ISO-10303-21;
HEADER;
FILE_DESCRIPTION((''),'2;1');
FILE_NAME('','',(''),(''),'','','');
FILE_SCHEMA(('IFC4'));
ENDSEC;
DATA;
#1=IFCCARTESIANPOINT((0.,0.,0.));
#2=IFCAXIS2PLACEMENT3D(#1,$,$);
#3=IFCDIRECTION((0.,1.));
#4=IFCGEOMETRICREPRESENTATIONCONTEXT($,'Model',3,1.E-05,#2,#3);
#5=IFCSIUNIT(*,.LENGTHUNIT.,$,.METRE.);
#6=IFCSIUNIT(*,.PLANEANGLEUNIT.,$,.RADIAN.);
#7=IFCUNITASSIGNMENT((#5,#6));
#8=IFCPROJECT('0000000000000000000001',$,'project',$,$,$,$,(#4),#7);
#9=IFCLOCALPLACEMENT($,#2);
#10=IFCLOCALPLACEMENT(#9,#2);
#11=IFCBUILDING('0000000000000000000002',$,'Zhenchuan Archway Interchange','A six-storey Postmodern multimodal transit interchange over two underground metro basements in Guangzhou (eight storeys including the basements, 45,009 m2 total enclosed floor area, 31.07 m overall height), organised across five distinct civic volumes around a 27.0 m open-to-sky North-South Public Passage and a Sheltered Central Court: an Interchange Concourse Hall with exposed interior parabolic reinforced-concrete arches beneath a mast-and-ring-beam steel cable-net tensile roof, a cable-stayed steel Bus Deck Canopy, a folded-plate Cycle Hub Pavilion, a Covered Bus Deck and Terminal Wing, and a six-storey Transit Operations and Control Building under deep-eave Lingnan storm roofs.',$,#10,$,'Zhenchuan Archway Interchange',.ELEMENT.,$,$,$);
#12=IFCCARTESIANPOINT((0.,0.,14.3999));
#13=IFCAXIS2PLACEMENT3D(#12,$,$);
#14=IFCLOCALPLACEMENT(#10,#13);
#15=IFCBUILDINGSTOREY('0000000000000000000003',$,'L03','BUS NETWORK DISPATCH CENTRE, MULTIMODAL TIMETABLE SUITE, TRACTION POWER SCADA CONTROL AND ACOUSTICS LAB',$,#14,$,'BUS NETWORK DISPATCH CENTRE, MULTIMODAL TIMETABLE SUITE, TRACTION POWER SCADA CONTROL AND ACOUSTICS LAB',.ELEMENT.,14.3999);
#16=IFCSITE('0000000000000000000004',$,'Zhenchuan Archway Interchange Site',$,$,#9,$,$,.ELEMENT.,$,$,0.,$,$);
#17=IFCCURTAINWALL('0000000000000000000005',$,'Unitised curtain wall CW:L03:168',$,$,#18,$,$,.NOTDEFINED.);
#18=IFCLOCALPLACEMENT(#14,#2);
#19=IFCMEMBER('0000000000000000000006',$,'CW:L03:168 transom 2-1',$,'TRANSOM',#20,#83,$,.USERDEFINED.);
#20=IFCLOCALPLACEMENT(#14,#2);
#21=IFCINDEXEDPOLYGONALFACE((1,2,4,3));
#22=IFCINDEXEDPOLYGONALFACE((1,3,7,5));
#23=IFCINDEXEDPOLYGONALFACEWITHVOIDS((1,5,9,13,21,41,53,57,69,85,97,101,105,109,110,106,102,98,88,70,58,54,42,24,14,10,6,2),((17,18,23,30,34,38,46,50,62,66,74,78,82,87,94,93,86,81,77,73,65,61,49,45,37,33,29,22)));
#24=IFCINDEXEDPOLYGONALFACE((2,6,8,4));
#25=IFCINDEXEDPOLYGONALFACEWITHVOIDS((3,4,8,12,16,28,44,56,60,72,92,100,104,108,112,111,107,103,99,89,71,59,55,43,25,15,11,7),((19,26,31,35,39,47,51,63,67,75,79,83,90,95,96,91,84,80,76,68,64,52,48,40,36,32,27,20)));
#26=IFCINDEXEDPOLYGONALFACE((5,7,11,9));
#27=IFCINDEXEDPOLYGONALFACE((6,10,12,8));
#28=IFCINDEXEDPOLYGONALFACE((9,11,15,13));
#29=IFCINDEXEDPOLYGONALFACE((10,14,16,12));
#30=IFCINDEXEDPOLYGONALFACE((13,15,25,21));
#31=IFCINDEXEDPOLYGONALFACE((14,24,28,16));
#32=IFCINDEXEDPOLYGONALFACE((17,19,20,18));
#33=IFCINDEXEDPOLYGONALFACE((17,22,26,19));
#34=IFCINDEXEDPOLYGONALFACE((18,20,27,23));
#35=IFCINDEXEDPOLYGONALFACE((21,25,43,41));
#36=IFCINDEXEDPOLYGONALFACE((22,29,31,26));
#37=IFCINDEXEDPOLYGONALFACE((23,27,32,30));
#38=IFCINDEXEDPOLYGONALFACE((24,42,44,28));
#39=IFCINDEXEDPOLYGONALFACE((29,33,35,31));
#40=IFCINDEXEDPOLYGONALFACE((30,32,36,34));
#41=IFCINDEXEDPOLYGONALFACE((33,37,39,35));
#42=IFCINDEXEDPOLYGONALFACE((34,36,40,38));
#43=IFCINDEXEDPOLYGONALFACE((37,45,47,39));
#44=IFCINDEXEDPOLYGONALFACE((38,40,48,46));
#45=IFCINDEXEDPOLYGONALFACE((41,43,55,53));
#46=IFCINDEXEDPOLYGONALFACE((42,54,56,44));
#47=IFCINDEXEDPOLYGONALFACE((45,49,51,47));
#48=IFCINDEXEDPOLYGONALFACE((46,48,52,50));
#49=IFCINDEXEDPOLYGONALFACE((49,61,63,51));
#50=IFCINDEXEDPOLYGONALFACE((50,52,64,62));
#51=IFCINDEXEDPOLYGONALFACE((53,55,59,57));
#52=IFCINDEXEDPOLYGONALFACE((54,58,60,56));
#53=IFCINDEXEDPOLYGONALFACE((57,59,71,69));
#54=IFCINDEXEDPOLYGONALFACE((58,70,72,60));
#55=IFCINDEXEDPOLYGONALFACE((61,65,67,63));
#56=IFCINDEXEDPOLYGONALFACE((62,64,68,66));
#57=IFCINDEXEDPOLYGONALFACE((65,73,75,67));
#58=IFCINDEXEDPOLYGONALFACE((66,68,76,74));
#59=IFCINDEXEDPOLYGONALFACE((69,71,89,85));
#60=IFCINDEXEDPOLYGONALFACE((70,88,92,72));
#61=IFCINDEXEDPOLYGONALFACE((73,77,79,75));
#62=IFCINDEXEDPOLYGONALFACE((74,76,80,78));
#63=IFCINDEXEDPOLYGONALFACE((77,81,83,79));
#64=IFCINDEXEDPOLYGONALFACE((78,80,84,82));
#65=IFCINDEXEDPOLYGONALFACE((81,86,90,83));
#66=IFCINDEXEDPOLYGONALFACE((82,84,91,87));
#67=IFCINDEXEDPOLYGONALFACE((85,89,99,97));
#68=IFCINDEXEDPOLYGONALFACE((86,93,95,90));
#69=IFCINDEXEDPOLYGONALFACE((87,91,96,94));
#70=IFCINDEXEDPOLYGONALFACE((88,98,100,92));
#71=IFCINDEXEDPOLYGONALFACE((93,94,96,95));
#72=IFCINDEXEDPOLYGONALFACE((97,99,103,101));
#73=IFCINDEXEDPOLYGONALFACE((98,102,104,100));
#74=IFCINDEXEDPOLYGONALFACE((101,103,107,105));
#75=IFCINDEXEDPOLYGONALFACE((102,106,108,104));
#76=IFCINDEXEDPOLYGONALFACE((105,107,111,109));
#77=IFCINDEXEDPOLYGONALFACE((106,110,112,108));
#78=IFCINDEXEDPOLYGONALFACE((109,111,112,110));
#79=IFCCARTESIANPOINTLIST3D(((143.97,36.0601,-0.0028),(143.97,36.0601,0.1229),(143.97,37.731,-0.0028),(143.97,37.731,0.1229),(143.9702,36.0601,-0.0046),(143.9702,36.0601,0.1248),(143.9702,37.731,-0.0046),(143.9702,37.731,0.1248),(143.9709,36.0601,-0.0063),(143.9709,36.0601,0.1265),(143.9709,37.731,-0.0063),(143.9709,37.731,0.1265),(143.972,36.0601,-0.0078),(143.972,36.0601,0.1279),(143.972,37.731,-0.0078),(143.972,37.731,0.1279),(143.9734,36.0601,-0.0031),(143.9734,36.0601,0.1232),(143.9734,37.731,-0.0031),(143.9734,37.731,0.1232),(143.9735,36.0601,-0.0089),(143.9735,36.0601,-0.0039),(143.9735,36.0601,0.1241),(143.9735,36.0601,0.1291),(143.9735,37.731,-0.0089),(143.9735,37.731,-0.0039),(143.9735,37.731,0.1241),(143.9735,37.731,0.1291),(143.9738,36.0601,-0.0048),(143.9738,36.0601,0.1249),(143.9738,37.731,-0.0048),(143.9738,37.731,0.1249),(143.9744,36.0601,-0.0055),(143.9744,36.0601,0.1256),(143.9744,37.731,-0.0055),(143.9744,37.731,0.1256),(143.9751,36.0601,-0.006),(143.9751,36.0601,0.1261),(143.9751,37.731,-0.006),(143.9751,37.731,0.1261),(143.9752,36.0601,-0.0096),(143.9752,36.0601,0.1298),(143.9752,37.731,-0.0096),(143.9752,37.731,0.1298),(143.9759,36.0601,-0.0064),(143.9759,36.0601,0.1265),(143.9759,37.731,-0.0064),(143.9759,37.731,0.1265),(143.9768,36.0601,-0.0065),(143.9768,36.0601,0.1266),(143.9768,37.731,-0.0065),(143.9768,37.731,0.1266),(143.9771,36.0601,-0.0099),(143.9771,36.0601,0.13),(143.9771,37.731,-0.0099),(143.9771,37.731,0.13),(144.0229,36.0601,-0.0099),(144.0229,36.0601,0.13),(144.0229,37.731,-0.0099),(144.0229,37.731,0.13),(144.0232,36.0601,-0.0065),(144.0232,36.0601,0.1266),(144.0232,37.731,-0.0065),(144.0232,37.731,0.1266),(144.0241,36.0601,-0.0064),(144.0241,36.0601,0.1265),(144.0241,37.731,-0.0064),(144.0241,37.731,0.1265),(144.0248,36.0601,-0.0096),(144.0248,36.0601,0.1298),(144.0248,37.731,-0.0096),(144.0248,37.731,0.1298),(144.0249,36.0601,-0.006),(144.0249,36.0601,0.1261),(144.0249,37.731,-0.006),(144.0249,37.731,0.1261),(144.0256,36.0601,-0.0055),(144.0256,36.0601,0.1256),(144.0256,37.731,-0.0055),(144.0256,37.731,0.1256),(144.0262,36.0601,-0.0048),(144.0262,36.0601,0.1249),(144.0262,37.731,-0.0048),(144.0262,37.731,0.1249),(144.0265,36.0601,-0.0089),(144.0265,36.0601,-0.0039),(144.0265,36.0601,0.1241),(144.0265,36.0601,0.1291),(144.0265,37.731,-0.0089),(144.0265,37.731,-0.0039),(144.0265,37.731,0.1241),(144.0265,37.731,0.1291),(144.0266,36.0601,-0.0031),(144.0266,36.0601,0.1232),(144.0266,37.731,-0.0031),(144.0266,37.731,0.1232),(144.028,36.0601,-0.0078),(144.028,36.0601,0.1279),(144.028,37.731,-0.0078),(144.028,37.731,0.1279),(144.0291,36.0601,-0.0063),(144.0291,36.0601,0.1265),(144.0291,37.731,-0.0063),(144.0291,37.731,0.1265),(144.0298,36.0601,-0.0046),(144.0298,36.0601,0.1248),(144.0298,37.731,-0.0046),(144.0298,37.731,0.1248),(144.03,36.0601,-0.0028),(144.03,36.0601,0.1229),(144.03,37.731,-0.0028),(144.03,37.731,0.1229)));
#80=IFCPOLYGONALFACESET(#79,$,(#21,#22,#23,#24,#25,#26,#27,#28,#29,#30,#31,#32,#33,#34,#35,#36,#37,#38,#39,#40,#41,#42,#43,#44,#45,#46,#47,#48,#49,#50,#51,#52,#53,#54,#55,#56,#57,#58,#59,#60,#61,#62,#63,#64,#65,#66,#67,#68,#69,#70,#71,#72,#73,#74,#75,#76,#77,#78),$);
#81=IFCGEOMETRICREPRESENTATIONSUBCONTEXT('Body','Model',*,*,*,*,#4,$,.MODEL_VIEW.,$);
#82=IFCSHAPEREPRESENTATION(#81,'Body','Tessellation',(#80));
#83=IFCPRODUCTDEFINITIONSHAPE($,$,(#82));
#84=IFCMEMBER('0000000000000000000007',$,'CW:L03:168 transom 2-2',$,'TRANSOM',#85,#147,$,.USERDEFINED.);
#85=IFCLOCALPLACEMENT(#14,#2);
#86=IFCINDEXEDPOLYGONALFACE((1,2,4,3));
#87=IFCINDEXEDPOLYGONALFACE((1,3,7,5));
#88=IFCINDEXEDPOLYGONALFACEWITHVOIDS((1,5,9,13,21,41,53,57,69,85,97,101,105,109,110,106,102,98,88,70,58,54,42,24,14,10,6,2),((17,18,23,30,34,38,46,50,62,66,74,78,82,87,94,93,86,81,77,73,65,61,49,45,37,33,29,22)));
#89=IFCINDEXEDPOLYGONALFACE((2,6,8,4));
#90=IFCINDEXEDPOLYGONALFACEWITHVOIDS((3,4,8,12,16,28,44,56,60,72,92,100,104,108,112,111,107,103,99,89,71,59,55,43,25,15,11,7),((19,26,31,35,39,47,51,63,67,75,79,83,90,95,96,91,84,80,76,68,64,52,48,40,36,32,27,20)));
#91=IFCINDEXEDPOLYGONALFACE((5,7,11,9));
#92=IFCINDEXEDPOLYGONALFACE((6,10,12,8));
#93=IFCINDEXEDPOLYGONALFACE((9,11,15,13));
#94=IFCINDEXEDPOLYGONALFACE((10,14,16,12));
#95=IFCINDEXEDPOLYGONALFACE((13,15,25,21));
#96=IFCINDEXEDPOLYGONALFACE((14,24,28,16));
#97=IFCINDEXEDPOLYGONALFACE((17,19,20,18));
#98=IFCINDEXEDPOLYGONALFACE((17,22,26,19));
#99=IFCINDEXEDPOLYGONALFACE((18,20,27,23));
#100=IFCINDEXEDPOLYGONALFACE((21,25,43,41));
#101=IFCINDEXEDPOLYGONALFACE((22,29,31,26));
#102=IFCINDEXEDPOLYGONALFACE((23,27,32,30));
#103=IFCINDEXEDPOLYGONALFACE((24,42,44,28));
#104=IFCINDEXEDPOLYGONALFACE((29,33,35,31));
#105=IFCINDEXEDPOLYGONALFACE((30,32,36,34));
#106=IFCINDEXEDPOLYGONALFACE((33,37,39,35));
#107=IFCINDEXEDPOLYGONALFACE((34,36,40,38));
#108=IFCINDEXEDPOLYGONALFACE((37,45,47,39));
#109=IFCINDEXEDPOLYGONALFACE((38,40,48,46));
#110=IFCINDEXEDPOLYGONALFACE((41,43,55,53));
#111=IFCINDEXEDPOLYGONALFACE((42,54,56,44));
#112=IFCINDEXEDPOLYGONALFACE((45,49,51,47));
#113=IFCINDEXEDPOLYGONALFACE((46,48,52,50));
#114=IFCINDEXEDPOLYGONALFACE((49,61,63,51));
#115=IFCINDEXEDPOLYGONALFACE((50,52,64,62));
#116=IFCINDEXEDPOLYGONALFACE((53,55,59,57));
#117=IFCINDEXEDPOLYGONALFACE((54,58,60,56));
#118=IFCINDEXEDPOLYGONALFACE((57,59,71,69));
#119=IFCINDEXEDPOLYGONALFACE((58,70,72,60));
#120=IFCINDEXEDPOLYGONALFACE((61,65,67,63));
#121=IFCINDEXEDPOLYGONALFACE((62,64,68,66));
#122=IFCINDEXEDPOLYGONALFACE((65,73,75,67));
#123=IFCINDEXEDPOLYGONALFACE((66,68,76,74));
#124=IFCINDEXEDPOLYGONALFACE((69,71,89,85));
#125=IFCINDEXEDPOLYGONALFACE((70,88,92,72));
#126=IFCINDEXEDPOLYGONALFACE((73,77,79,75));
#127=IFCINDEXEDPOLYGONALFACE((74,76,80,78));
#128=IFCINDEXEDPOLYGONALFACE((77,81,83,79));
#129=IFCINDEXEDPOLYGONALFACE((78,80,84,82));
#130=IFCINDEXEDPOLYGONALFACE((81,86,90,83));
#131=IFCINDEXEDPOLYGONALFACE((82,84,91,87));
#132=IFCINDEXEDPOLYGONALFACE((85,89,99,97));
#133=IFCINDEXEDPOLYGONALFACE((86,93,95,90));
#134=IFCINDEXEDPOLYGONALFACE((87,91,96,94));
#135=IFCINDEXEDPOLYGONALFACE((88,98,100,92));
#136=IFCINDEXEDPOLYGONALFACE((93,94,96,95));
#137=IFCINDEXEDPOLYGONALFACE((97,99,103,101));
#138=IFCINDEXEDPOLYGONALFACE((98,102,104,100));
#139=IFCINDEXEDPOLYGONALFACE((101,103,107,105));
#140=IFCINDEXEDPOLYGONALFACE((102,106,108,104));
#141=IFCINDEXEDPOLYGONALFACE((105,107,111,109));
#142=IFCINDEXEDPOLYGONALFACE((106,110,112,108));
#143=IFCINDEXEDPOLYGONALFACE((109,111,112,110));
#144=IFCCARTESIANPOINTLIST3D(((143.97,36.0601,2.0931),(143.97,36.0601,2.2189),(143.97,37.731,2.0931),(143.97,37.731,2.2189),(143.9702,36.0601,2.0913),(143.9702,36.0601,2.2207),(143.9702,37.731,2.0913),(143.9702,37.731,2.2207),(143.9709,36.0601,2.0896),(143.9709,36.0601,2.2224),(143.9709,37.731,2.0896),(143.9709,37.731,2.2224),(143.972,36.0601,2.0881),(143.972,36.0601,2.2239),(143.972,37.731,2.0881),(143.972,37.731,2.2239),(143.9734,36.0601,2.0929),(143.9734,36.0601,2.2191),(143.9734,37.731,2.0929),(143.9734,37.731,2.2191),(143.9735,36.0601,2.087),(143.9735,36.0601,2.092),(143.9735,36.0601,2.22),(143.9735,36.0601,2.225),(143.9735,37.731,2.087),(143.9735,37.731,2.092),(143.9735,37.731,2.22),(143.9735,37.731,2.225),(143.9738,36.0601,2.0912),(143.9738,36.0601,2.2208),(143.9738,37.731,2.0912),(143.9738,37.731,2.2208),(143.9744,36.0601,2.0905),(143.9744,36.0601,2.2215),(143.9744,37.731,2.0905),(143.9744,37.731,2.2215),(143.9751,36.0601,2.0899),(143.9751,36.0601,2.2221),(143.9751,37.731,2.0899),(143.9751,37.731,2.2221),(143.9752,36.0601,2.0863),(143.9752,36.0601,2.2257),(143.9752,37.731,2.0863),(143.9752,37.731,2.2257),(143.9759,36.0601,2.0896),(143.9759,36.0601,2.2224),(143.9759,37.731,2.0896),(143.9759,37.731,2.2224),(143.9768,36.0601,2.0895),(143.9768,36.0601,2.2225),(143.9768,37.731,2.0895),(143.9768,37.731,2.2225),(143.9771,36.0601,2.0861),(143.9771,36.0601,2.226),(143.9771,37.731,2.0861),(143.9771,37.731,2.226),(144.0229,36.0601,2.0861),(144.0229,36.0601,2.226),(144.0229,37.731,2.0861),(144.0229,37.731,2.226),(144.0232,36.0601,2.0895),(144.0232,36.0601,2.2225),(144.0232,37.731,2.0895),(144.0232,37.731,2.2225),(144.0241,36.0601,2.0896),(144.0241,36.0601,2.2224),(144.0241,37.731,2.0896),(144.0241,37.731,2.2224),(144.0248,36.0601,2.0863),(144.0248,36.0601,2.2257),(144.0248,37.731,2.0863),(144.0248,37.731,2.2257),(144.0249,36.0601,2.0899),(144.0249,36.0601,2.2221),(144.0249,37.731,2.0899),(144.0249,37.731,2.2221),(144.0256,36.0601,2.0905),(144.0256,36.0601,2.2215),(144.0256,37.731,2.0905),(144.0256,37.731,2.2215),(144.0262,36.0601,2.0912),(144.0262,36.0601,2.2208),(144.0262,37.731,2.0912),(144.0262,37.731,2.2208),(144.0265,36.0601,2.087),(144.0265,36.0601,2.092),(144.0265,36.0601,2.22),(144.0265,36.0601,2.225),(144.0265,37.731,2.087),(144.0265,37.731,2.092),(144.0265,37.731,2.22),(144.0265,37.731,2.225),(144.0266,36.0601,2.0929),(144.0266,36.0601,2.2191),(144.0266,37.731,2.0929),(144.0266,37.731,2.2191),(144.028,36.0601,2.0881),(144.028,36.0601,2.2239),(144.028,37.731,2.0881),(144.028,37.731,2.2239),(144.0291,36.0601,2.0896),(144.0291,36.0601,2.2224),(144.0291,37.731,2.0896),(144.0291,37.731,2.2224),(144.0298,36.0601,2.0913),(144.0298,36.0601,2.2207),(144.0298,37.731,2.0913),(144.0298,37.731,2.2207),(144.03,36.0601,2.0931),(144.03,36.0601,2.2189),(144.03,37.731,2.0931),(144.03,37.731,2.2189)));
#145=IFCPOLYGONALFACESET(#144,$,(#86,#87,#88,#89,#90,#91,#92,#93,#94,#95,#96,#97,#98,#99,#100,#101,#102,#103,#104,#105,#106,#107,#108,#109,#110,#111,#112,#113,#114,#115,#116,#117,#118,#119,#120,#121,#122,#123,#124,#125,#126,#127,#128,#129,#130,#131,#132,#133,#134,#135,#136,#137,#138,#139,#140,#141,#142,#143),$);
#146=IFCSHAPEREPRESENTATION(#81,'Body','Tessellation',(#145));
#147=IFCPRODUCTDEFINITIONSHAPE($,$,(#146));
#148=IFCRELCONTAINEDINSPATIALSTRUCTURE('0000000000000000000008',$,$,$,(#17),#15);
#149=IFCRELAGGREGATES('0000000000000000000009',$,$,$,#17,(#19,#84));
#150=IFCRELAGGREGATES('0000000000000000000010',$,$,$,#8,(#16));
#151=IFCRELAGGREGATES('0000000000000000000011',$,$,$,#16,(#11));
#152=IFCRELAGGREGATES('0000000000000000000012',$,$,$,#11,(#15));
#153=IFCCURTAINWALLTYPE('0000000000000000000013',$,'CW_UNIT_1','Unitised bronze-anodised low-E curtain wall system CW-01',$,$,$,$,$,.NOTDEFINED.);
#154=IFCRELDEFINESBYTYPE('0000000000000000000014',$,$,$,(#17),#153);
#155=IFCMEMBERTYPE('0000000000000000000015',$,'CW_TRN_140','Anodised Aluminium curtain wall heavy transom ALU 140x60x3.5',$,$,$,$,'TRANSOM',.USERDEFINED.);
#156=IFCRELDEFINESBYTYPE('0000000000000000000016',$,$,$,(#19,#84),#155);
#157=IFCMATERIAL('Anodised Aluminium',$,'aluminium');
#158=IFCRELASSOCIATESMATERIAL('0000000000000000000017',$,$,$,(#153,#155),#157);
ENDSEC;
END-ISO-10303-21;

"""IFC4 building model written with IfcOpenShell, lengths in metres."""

from ifc_helpers import new_model, si_unit, direction, frame, origin, origin_2d, place, context, subcontext, project, spatial, hollow_rectangle, extrude, material, material_profile, profile_set, type_object, element, aggregate, save


model = new_model("IFC4")

# Units and contexts
model_context = context("Model", 3, precision=1e-05, world=origin(), true_north=direction((0.0, 1.0)))
body_context = subcontext(model_context, "Body", "Model", "MODEL_VIEW")
ifc_project = project(units=[si_unit("LENGTHUNIT", "METRE"), si_unit("PLANEANGLEUNIT", "RADIAN")], contexts=[model_context])

# Site, building, storey
site_placement = place(None, origin())
site = spatial("IfcSite", under=ifc_project, at=site_placement, Name="Zhenchuan Archway Interchange Site", CompositionType="ELEMENT", RefElevation=0.0)
building_placement = place(site_placement, origin())
building = spatial("IfcBuilding", under=site, at=building_placement, Name="Zhenchuan Archway Interchange", Description="A six-storey Postmodern multimodal transit interchange over two underground metro basements in Guangzhou (eight storeys including the basements, 45,009 m2 total enclosed floor area, 31.07 m overall height), organised across five distinct civic volumes around a 27.0 m open-to-sky North-South Public Passage and a Sheltered Central Court: an Interchange Concourse Hall with exposed interior parabolic reinforced-concrete arches beneath a mast-and-ring-beam steel cable-net tensile roof, a cable-stayed steel Bus Deck Canopy, a folded-plate Cycle Hub Pavilion, a Covered Bus Deck and Terminal Wing, and a six-storey Transit Operations and Control Building under deep-eave Lingnan storm roofs.", LongName="Zhenchuan Archway Interchange", CompositionType="ELEMENT")
storey_placement = place(building_placement, frame((0.0, 0.0, 14.3999)))
storey = spatial("IfcBuildingStorey", under=building, at=storey_placement, Name="L03", Description="BUS NETWORK DISPATCH CENTRE, MULTIMODAL TIMETABLE SUITE, TRACTION POWER SCADA CONTROL AND ACOUSTICS LAB", LongName="BUS NETWORK DISPATCH CENTRE, MULTIMODAL TIMETABLE SUITE, TRACTION POWER SCADA CONTROL AND ACOUSTICS LAB", CompositionType="ELEMENT", Elevation=14.3999)

# Curtain wall
ifc_material_1 = material(Name="Anodised Aluminium", Category="aluminium")
curtain_wall_type_1 = type_object("IfcCurtainWallType", Name="CW_UNIT_1", Description="Unitised bronze-anodised low-E curtain wall system CW-01", PredefinedType="NOTDEFINED", material=ifc_material_1)
curtain_wall_1_placement = place(storey_placement, origin())
curtain_wall_1 = element("IfcCurtainWall", 1, at=curtain_wall_1_placement, inside=storey, type_object=curtain_wall_type_1, Name="Unitised curtain wall CW:L03:168", PredefinedType="NOTDEFINED")

# Members
ifc_material_profile_1 = material_profile(ifc_material_1, hollow_rectangle(XDim=0.0601, YDim=0.1399, WallThickness=0.0034, InnerFilletRadius=0.0034, OuterFilletRadius=0.0071, at=origin_2d()), Name="ALU 140x60x3.5")
ifc_profile_set_1 = profile_set([ifc_material_profile_1], Name="Anodised Aluminium")
member_type_1 = type_object("IfcMemberType", Name="CW_TRN_140", Description="Anodised Aluminium curtain wall heavy transom ALU 140x60x3.5", ElementType="TRANSOM", PredefinedType="USERDEFINED", material=ifc_profile_set_1)
member_1_placement = place(storey_placement, frame((144.0, 36.0601, 0.0601), z_axis=(0.0, 1.0, 0.0), x_axis=(-1.0, 0.0, 0.0)))
member_1 = element("IfcMember", 2, at=member_1_placement, type_object=member_type_1, Name="CW:L03:168 transom 2-1", ObjectType="TRANSOM", PredefinedType="USERDEFINED", context=body_context, shape_type="SweptSolid", body=[
    extrude(hollow_rectangle(XDim=0.0601, YDim=0.1399, WallThickness=0.0034, InnerFilletRadius=0.0034, OuterFilletRadius=0.0071, at=origin_2d()), origin(), (0.0, 0.0, 1.0), 1.6709),
])
member_2_placement = place(storey_placement, frame((144.0, 36.0601, 2.156), z_axis=(0.0, 1.0, 0.0), x_axis=(-1.0, 0.0, 0.0)))
member_2 = element("IfcMember", 3, at=member_2_placement, type_object=member_type_1, Name="CW:L03:168 transom 2-2", ObjectType="TRANSOM", PredefinedType="USERDEFINED", context=body_context, shape_type="SweptSolid", body=[
    extrude(hollow_rectangle(XDim=0.0601, YDim=0.1399, WallThickness=0.0034, InnerFilletRadius=0.0034, OuterFilletRadius=0.0071, at=origin_2d()), origin(), (0.0, 0.0, 1.0), 1.6709),
])

aggregate(curtain_wall_1, [member_1, member_2])

save(model, "model.ifc")
